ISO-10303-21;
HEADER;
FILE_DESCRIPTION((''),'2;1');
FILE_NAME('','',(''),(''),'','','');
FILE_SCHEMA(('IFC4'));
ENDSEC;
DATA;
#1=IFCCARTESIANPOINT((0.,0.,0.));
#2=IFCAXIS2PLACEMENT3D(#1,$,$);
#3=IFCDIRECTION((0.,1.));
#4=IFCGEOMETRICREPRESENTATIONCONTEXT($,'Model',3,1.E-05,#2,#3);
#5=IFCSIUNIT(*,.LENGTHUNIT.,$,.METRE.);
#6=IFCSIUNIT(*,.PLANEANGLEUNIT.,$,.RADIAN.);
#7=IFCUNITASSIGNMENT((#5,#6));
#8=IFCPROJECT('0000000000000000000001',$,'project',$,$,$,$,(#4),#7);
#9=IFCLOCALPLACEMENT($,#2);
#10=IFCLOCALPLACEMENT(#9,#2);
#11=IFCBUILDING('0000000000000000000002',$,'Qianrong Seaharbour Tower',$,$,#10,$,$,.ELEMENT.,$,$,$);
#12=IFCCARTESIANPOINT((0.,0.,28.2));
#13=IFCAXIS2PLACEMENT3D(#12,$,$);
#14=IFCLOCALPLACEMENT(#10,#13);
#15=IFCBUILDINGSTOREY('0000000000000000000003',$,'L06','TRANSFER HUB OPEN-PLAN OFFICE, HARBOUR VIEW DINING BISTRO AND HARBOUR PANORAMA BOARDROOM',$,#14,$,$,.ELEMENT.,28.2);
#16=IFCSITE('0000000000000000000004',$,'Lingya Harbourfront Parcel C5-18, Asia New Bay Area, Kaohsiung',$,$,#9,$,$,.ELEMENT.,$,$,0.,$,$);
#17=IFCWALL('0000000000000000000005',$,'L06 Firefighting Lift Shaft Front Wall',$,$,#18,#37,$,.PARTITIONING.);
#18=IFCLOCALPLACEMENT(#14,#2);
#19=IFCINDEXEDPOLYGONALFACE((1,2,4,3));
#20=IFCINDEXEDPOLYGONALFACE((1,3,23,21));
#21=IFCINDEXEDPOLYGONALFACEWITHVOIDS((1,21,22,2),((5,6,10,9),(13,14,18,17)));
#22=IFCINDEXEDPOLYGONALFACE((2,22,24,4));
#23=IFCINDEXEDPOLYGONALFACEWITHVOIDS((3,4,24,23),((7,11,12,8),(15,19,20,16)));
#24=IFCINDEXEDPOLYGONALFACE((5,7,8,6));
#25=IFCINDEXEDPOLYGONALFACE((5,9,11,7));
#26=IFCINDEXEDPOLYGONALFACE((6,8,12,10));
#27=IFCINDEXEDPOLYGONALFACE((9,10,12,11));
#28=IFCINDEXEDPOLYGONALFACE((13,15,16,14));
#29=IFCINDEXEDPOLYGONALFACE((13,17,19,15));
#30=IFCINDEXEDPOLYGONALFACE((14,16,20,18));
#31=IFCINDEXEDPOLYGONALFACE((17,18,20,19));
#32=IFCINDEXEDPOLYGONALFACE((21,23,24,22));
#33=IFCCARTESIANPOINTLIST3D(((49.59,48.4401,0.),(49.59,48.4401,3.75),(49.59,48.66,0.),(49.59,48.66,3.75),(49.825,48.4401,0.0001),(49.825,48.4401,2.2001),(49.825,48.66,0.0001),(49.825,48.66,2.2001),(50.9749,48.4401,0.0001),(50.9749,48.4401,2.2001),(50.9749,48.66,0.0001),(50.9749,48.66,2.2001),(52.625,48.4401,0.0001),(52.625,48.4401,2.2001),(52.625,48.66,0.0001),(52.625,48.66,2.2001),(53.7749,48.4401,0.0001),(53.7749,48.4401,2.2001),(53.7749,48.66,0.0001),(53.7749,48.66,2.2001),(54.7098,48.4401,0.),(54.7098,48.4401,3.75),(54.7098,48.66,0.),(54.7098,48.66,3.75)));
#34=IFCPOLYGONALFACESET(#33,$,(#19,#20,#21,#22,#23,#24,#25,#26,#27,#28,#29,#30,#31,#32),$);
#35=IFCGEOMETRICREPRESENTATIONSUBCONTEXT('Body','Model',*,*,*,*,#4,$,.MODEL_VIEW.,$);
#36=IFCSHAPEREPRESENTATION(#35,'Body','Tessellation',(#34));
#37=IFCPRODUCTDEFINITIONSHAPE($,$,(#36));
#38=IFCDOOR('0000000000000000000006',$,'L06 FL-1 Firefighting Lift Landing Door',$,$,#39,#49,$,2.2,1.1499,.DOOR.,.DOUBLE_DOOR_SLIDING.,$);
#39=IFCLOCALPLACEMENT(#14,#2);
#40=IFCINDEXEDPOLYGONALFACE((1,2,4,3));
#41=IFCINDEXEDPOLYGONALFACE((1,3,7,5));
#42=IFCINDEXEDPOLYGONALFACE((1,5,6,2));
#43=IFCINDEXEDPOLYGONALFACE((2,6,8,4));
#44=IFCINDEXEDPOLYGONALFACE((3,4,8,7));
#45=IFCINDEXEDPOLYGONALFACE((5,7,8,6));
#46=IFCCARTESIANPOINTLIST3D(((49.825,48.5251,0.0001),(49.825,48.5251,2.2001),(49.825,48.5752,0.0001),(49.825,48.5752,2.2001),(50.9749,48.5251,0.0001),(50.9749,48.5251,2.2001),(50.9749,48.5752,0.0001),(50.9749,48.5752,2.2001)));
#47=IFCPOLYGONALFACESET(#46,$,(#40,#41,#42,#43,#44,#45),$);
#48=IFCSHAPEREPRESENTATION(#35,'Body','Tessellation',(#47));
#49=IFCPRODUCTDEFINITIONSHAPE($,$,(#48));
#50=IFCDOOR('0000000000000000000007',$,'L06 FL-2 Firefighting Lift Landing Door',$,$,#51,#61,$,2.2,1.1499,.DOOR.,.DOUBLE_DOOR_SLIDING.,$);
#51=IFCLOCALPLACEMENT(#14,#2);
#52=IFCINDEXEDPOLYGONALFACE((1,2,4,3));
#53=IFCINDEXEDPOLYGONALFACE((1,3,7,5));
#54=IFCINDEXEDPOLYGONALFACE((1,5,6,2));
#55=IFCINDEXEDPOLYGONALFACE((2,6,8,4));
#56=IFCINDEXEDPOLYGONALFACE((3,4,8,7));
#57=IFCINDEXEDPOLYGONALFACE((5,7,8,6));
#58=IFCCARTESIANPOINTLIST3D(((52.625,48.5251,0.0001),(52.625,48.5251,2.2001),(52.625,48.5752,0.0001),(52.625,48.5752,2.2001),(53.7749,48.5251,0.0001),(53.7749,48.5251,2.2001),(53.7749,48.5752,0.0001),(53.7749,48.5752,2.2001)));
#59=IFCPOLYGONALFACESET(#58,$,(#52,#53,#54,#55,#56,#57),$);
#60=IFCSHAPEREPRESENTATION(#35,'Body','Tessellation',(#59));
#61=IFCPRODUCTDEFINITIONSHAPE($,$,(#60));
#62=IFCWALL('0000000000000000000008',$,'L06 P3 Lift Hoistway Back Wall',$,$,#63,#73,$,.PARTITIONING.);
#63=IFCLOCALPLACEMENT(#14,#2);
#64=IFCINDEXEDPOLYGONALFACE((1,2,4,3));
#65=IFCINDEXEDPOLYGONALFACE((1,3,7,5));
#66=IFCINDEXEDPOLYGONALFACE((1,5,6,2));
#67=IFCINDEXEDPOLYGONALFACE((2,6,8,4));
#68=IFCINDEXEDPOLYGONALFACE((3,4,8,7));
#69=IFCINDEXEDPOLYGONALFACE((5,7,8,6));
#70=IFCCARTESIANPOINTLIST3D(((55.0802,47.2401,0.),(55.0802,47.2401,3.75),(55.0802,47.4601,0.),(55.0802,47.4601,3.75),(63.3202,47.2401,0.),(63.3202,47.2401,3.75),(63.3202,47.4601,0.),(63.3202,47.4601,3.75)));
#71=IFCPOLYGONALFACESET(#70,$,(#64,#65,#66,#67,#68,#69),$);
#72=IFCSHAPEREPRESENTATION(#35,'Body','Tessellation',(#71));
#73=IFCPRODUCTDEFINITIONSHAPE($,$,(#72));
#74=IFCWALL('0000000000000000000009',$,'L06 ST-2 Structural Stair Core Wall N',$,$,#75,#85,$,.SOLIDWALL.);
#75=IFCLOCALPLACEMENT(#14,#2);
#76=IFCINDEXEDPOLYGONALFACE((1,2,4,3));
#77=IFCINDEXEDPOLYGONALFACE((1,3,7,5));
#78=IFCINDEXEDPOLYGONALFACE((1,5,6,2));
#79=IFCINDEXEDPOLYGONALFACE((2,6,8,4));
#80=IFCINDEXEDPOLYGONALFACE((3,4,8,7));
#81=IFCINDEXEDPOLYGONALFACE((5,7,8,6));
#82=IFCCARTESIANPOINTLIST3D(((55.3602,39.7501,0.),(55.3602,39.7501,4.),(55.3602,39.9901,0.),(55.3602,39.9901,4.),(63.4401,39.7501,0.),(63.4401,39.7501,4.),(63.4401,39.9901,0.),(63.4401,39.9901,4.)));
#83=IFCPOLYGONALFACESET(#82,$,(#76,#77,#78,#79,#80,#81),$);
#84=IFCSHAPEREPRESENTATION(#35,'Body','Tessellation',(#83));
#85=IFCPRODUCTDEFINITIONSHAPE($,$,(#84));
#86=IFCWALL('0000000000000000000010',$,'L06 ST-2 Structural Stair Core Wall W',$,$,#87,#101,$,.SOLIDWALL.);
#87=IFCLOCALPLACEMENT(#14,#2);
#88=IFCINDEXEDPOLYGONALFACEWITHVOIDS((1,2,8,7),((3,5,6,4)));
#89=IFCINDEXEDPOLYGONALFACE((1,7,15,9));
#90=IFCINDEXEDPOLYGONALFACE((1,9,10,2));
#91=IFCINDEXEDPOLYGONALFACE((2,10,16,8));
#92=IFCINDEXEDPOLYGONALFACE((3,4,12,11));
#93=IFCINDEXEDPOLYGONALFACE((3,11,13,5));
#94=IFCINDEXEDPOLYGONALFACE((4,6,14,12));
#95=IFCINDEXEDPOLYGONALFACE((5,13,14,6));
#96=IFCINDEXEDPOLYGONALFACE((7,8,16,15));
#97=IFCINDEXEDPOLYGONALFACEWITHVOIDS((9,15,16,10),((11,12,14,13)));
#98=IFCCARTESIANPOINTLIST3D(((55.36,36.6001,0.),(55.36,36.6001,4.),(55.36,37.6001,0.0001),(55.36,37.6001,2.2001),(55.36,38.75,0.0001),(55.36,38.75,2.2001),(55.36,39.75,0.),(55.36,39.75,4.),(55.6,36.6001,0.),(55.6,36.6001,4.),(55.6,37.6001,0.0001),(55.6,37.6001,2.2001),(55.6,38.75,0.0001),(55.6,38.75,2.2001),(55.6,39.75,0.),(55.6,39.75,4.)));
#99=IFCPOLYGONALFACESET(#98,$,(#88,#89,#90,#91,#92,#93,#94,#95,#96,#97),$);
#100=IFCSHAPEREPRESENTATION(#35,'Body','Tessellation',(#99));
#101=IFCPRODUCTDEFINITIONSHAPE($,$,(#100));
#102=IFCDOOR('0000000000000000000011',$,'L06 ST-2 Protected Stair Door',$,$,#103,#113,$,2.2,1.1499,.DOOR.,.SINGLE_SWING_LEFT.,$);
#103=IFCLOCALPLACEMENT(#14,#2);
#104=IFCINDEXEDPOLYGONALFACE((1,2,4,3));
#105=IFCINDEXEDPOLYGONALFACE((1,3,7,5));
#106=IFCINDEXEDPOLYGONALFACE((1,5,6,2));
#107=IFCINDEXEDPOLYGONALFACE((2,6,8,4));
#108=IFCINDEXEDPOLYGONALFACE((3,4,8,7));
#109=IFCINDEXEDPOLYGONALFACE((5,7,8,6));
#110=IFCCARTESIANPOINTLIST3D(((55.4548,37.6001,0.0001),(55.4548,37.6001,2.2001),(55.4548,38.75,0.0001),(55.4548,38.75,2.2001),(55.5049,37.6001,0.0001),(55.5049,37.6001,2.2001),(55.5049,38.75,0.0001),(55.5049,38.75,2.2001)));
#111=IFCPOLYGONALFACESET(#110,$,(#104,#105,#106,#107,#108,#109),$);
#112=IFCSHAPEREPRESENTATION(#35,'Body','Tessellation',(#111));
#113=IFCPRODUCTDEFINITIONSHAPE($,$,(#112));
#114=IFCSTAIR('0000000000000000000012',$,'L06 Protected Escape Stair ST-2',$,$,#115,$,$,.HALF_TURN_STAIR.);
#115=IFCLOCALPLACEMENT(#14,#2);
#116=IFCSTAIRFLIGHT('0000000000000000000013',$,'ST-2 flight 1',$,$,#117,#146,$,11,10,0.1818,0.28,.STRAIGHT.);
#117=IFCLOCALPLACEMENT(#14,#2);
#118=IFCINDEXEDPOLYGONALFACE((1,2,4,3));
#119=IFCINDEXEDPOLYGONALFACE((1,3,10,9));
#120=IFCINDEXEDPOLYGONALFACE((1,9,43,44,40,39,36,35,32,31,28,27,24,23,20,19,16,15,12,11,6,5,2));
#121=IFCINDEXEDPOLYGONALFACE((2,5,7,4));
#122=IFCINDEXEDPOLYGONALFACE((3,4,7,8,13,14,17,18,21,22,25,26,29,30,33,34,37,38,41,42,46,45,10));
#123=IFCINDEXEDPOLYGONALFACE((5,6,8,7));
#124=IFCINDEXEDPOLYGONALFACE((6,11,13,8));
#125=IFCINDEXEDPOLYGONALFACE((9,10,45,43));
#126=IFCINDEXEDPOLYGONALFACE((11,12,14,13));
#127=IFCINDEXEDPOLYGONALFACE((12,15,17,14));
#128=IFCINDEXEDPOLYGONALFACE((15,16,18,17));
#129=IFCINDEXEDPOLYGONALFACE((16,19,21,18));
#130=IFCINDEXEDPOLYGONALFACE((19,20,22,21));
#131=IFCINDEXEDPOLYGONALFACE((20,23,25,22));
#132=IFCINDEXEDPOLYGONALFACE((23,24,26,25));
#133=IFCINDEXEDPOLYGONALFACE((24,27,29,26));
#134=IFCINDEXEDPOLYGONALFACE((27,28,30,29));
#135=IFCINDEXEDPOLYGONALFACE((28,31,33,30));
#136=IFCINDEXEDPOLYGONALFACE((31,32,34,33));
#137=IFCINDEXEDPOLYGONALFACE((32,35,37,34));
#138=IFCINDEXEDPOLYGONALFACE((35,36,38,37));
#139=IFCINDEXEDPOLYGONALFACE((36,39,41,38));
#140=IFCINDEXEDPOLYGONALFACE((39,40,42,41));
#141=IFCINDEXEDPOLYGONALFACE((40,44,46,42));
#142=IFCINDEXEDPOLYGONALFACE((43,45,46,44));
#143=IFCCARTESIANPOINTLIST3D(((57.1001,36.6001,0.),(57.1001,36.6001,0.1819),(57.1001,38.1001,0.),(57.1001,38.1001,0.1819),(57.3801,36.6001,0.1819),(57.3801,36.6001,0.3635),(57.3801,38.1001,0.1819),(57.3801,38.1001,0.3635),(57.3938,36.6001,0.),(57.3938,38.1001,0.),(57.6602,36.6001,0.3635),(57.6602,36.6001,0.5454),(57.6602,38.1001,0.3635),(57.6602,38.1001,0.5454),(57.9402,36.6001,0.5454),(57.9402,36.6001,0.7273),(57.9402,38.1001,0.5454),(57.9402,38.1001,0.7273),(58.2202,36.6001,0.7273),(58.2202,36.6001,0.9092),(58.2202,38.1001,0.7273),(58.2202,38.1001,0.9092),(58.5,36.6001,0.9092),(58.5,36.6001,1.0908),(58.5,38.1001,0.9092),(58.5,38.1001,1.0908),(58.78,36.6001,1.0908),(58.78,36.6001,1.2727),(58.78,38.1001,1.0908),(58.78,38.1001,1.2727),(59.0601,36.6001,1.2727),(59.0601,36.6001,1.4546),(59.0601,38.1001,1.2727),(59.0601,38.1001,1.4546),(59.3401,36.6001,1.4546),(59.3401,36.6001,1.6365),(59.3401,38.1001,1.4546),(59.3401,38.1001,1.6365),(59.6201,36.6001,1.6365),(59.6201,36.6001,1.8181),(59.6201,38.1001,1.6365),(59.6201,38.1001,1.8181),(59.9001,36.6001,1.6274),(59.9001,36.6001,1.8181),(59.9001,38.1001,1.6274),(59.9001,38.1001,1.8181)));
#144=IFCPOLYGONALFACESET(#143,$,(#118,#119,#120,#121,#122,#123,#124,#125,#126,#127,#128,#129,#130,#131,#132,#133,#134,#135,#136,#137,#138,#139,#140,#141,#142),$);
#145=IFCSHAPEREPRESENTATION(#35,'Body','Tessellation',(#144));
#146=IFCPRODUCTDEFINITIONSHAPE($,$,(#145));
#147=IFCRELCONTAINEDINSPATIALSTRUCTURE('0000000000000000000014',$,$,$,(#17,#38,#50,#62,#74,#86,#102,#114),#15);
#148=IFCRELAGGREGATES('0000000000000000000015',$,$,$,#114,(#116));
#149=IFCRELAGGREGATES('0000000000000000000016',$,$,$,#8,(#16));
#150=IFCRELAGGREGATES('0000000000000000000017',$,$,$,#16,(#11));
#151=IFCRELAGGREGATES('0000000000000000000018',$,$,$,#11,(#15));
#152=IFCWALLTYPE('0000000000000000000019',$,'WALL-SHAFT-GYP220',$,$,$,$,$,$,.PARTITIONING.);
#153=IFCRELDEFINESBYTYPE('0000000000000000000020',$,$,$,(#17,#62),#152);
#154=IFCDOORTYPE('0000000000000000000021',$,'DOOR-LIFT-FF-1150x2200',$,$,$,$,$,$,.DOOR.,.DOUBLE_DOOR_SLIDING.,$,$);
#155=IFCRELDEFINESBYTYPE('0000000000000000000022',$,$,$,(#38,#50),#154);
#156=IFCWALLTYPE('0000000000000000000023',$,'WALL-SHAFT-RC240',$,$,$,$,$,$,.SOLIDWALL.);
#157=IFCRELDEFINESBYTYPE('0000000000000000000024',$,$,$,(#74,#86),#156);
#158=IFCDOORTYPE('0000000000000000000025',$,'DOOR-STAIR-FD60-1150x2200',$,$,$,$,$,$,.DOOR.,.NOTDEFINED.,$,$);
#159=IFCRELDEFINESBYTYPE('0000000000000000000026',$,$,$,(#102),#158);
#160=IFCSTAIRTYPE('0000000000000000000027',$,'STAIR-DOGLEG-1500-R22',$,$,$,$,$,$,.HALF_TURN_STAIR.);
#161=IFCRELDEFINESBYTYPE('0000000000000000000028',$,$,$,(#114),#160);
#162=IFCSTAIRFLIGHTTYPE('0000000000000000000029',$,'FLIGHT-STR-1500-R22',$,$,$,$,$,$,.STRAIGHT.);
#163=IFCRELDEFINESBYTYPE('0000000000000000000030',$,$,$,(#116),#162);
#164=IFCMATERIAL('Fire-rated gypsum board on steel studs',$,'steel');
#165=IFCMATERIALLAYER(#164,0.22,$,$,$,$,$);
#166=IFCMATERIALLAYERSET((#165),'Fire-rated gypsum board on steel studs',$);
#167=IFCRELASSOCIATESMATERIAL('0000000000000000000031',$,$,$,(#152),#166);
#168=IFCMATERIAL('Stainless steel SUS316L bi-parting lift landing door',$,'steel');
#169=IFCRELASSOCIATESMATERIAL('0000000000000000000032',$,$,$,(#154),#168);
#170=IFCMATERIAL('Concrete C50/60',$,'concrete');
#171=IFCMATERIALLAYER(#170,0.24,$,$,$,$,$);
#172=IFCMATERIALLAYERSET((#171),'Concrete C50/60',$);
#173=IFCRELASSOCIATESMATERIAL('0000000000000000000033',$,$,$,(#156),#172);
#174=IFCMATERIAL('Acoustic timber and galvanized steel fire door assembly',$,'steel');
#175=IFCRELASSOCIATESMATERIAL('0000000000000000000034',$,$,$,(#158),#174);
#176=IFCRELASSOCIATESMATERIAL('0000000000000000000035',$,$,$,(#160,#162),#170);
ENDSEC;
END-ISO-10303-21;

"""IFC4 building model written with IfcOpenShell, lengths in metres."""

from ifc_helpers import new_model, si_unit, direction, frame, frame_2d, origin, place, context, subcontext, project, spatial, polyline, rectangle, outline, extrude, material, layer, layer_set, type_object, element, fill, aggregate, save


model = new_model("IFC4")

# Units and contexts
model_context = context("Model", 3, precision=1e-05, world=origin(), true_north=direction((0.0, 1.0)))
body_context = subcontext(model_context, "Body", "Model", "MODEL_VIEW")
ifc_project = project(units=[si_unit("LENGTHUNIT", "METRE"), si_unit("PLANEANGLEUNIT", "RADIAN")], contexts=[model_context])

# Site, building, storey
site_placement = place(None, origin())
site = spatial("IfcSite", under=ifc_project, at=site_placement, Name="Lingya Harbourfront Parcel C5-18, Asia New Bay Area, Kaohsiung", CompositionType="ELEMENT", RefElevation=0.0)
building_placement = place(site_placement, origin())
building = spatial("IfcBuilding", under=site, at=building_placement, Name="Qianrong Seaharbour Tower", CompositionType="ELEMENT")
storey_placement = place(building_placement, frame((0.0, 0.0, 28.2)))
storey = spatial("IfcBuildingStorey", under=building, at=storey_placement, Name="L06", Description="TRANSFER HUB OPEN-PLAN OFFICE, HARBOUR VIEW DINING BISTRO AND HARBOUR PANORAMA BOARDROOM", CompositionType="ELEMENT", Elevation=28.2)

# Shared definitions
ifc_material_1 = material(Name="Acoustic timber and galvanized steel fire door assembly", Category="steel")

# Shared definitions
ifc_material_2 = material(Name="Fire-rated gypsum board on steel studs", Category="steel")

# Wall, openings, doors
ifc_layer_1 = layer(ifc_material_2, 0.22)
ifc_layer_set_1 = layer_set([ifc_layer_1], Name="Fire-rated gypsum board on steel studs")
wall_type_1 = type_object("IfcWallType", Name="WALL-SHAFT-GYP220", PredefinedType="PARTITIONING", material=ifc_layer_set_1)
wall_1_placement = place(storey_placement, frame((54.71, 48.55, 0.0), z_axis=(0.0, 0.0, 1.0), x_axis=(-1.0, 0.0, 0.0)))
wall_1 = element("IfcWall", 1, at=wall_1_placement, inside=storey, type_object=wall_type_1, Name="L06 Firefighting Lift Shaft Front Wall", PredefinedType="PARTITIONING", context=body_context, shape_type="SweptSolid", body=[
    extrude(rectangle(XDim=5.1199, YDim=0.22, at=frame_2d((2.5601, 0.0))), origin(), (0.0, 0.0, 1.0), 3.75),
])
opening_1_placement = place(wall_1_placement, frame((3.7351, 0.0, 0.0)))
opening_1 = element("IfcOpeningElement", 2, at=opening_1_placement, cuts=wall_1, PredefinedType="OPENING", context=body_context, shape_type="SweptSolid", body=[
    extrude(rectangle(XDim=1.1499, YDim=2.2, at=frame_2d((0.575, 1.1001))), frame((0.0, 0.1201, 0.0), z_axis=(0.0, -1.0, 0.0), x_axis=(1.0, 0.0, 0.0)), (0.0, 0.0, 1.0), 0.24),
])
opening_2_placement = place(wall_1_placement, frame((0.9351, 0.0, 0.0)))
opening_2 = element("IfcOpeningElement", 3, at=opening_2_placement, cuts=wall_1, PredefinedType="OPENING", context=body_context, shape_type="SweptSolid", body=[
    extrude(rectangle(XDim=1.1499, YDim=2.2, at=frame_2d((0.575, 1.1001))), frame((0.0, 0.1201, 0.0), z_axis=(0.0, -1.0, 0.0), x_axis=(1.0, 0.0, 0.0)), (0.0, 0.0, 1.0), 0.24),
])
ifc_material_3 = material(Name="Stainless steel SUS316L bi-parting lift landing door", Category="steel")
door_type_1 = type_object("IfcDoorType", Name="DOOR-LIFT-FF-1150x2200", OperationType="DOUBLE_DOOR_SLIDING", PredefinedType="DOOR", material=ifc_material_3)
door_1_placement = place(opening_1_placement, origin())
door_1 = element("IfcDoor", 4, at=door_1_placement, inside=storey, type_object=door_type_1, Name="L06 FL-1 Firefighting Lift Landing Door", OperationType="DOUBLE_DOOR_SLIDING", OverallHeight=2.2, OverallWidth=1.1499, PredefinedType="DOOR", context=body_context, shape_type="SweptSolid", body=[
    extrude(rectangle(XDim=1.1499, YDim=2.2, at=frame_2d((0.575, 1.1001))), frame((0.0, 0.0249, 0.0), z_axis=(0.0, -1.0, 0.0), x_axis=(1.0, 0.0, 0.0)), (0.0, 0.0, 1.0), 0.05),
])
fill(opening_1, door_1)
door_2_placement = place(opening_2_placement, origin())
door_2 = element("IfcDoor", 5, at=door_2_placement, inside=storey, type_object=door_type_1, Name="L06 FL-2 Firefighting Lift Landing Door", OperationType="DOUBLE_DOOR_SLIDING", OverallHeight=2.2, OverallWidth=1.1499, PredefinedType="DOOR", context=body_context, shape_type="SweptSolid", body=[
    extrude(rectangle(XDim=1.1499, YDim=2.2, at=frame_2d((0.575, 1.1001))), frame((0.0, 0.0249, 0.0), z_axis=(0.0, -1.0, 0.0), x_axis=(1.0, 0.0, 0.0)), (0.0, 0.0, 1.0), 0.05),
])
fill(opening_2, door_2)

# Walls
wall_2_placement = place(storey_placement, frame((55.0801, 47.3501, 0.0), z_axis=(0.0, 0.0, 1.0), x_axis=(1.0, 0.0, 0.0)))
element("IfcWall", 6, at=wall_2_placement, inside=storey, type_object=wall_type_1, Name="L06 P3 Lift Hoistway Back Wall", PredefinedType="PARTITIONING", context=body_context, shape_type="SweptSolid", body=[
    extrude(rectangle(XDim=8.24, YDim=0.22, at=frame_2d((4.1201, 0.0))), origin(), (0.0, 0.0, 1.0), 3.75),
])
ifc_material_4 = material(Name="Concrete C50/60", Category="concrete")
ifc_layer_2 = layer(ifc_material_4, 0.24)
ifc_layer_set_2 = layer_set([ifc_layer_2], Name="Concrete C50/60")
wall_type_2 = type_object("IfcWallType", Name="WALL-SHAFT-RC240", PredefinedType="SOLIDWALL", material=ifc_layer_set_2)
wall_3_placement = place(storey_placement, frame((55.3601, 39.8701, 0.0), z_axis=(0.0, 0.0, 1.0), x_axis=(1.0, 0.0, 0.0)))
element("IfcWall", 7, at=wall_3_placement, inside=storey, type_object=wall_type_2, Name="L06 ST-2 Structural Stair Core Wall N", PredefinedType="SOLIDWALL", context=body_context, shape_type="SweptSolid", body=[
    extrude(rectangle(XDim=8.0798, YDim=0.24, at=frame_2d((4.04, 0.0))), origin(), (0.0, 0.0, 1.0), 4.0),
])

# Wall, opening, door
wall_4_placement = place(storey_placement, frame((55.48, 39.75, 0.0), z_axis=(0.0, 0.0, 1.0), x_axis=(0.0, -1.0, 0.0)))
wall_4 = element("IfcWall", 8, at=wall_4_placement, inside=storey, type_object=wall_type_2, Name="L06 ST-2 Structural Stair Core Wall W", PredefinedType="SOLIDWALL", context=body_context, shape_type="SweptSolid", body=[
    extrude(rectangle(XDim=3.1499, YDim=0.24, at=frame_2d((1.575, 0.0))), origin(), (0.0, 0.0, 1.0), 4.0),
])
opening_3_placement = place(wall_4_placement, frame((1.0, 0.0, 0.0)))
opening_3 = element("IfcOpeningElement", 9, at=opening_3_placement, cuts=wall_4, PredefinedType="OPENING", context=body_context, shape_type="SweptSolid", body=[
    extrude(rectangle(XDim=1.1499, YDim=2.2, at=frame_2d((0.575, 1.1001))), frame((0.0, 0.1299, 0.0), z_axis=(0.0, -1.0, 0.0), x_axis=(1.0, 0.0, 0.0)), (0.0, 0.0, 1.0), 0.26),
])
door_type_2 = type_object("IfcDoorType", Name="DOOR-STAIR-FD60-1150x2200", OperationType="NOTDEFINED", PredefinedType="DOOR", material=ifc_material_1)
door_3_placement = place(opening_3_placement, origin())
door_3 = element("IfcDoor", 10, at=door_3_placement, inside=storey, type_object=door_type_2, Name="L06 ST-2 Protected Stair Door", OperationType="SINGLE_SWING_LEFT", OverallHeight=2.2, OverallWidth=1.1499, PredefinedType="DOOR", context=body_context, shape_type="SweptSolid", body=[
    extrude(rectangle(XDim=1.1499, YDim=2.2, at=frame_2d((0.575, 1.1001))), frame((0.0, 0.0249, 0.0), z_axis=(0.0, -1.0, 0.0), x_axis=(1.0, 0.0, 0.0)), (0.0, 0.0, 1.0), 0.05),
])
fill(opening_3, door_3)

# Stair, stair flight
stair_type = type_object("IfcStairType", Name="STAIR-DOGLEG-1500-R22", PredefinedType="HALF_TURN_STAIR", material=ifc_material_4)
stair_placement = place(storey_placement, origin())
stair = element("IfcStair", 11, at=stair_placement, inside=storey, type_object=stair_type, Name="L06 Protected Escape Stair ST-2", PredefinedType="HALF_TURN_STAIR")
stair_flight_type = type_object("IfcStairFlightType", Name="FLIGHT-STR-1500-R22", PredefinedType="STRAIGHT", material=ifc_material_4)
stair_flight_placement = place(storey_placement, frame((57.1001, 37.3501, 0.0), z_axis=(0.0, 0.0, 1.0), x_axis=(1.0, 0.0, 0.0)))
stair_flight = element("IfcStairFlight", 12, at=stair_flight_placement, type_object=stair_flight_type, Name="ST-2 flight 1", NumberOfRisers=11, NumberOfTreads=10, PredefinedType="STRAIGHT", RiserHeight=0.1818, TreadLength=0.28, context=body_context, shape_type="SweptSolid", body=[
    extrude(outline(polyline([(0.0, 0.0), (0.0, 0.1819), (0.28, 0.1819), (0.28, 0.3635), (0.5601, 0.3635), (0.5601, 0.5454), (0.8401, 0.5454), (0.8401, 0.7273), (1.1201, 0.7273), (1.1201, 0.9092), (1.3999, 0.9092), (1.3999, 1.0908), (1.6799, 1.0908), (1.6799, 1.2727), (1.96, 1.2727), (1.96, 1.4546), (2.24, 1.4546), (2.24, 1.6365), (2.52, 1.6365), (2.52, 1.8181), (2.8, 1.8181), (2.8, 2.0), (2.8, 1.6274), (0.2937, 0.0), (0.0, 0.0)])), frame((0.0, 0.75, 0.0), z_axis=(0.0, -1.0, 0.0), x_axis=(1.0, 0.0, 0.0)), (0.0, 0.0, 1.0), 1.5),
])
aggregate(stair, [stair_flight])

save(model, "model.ifc")
